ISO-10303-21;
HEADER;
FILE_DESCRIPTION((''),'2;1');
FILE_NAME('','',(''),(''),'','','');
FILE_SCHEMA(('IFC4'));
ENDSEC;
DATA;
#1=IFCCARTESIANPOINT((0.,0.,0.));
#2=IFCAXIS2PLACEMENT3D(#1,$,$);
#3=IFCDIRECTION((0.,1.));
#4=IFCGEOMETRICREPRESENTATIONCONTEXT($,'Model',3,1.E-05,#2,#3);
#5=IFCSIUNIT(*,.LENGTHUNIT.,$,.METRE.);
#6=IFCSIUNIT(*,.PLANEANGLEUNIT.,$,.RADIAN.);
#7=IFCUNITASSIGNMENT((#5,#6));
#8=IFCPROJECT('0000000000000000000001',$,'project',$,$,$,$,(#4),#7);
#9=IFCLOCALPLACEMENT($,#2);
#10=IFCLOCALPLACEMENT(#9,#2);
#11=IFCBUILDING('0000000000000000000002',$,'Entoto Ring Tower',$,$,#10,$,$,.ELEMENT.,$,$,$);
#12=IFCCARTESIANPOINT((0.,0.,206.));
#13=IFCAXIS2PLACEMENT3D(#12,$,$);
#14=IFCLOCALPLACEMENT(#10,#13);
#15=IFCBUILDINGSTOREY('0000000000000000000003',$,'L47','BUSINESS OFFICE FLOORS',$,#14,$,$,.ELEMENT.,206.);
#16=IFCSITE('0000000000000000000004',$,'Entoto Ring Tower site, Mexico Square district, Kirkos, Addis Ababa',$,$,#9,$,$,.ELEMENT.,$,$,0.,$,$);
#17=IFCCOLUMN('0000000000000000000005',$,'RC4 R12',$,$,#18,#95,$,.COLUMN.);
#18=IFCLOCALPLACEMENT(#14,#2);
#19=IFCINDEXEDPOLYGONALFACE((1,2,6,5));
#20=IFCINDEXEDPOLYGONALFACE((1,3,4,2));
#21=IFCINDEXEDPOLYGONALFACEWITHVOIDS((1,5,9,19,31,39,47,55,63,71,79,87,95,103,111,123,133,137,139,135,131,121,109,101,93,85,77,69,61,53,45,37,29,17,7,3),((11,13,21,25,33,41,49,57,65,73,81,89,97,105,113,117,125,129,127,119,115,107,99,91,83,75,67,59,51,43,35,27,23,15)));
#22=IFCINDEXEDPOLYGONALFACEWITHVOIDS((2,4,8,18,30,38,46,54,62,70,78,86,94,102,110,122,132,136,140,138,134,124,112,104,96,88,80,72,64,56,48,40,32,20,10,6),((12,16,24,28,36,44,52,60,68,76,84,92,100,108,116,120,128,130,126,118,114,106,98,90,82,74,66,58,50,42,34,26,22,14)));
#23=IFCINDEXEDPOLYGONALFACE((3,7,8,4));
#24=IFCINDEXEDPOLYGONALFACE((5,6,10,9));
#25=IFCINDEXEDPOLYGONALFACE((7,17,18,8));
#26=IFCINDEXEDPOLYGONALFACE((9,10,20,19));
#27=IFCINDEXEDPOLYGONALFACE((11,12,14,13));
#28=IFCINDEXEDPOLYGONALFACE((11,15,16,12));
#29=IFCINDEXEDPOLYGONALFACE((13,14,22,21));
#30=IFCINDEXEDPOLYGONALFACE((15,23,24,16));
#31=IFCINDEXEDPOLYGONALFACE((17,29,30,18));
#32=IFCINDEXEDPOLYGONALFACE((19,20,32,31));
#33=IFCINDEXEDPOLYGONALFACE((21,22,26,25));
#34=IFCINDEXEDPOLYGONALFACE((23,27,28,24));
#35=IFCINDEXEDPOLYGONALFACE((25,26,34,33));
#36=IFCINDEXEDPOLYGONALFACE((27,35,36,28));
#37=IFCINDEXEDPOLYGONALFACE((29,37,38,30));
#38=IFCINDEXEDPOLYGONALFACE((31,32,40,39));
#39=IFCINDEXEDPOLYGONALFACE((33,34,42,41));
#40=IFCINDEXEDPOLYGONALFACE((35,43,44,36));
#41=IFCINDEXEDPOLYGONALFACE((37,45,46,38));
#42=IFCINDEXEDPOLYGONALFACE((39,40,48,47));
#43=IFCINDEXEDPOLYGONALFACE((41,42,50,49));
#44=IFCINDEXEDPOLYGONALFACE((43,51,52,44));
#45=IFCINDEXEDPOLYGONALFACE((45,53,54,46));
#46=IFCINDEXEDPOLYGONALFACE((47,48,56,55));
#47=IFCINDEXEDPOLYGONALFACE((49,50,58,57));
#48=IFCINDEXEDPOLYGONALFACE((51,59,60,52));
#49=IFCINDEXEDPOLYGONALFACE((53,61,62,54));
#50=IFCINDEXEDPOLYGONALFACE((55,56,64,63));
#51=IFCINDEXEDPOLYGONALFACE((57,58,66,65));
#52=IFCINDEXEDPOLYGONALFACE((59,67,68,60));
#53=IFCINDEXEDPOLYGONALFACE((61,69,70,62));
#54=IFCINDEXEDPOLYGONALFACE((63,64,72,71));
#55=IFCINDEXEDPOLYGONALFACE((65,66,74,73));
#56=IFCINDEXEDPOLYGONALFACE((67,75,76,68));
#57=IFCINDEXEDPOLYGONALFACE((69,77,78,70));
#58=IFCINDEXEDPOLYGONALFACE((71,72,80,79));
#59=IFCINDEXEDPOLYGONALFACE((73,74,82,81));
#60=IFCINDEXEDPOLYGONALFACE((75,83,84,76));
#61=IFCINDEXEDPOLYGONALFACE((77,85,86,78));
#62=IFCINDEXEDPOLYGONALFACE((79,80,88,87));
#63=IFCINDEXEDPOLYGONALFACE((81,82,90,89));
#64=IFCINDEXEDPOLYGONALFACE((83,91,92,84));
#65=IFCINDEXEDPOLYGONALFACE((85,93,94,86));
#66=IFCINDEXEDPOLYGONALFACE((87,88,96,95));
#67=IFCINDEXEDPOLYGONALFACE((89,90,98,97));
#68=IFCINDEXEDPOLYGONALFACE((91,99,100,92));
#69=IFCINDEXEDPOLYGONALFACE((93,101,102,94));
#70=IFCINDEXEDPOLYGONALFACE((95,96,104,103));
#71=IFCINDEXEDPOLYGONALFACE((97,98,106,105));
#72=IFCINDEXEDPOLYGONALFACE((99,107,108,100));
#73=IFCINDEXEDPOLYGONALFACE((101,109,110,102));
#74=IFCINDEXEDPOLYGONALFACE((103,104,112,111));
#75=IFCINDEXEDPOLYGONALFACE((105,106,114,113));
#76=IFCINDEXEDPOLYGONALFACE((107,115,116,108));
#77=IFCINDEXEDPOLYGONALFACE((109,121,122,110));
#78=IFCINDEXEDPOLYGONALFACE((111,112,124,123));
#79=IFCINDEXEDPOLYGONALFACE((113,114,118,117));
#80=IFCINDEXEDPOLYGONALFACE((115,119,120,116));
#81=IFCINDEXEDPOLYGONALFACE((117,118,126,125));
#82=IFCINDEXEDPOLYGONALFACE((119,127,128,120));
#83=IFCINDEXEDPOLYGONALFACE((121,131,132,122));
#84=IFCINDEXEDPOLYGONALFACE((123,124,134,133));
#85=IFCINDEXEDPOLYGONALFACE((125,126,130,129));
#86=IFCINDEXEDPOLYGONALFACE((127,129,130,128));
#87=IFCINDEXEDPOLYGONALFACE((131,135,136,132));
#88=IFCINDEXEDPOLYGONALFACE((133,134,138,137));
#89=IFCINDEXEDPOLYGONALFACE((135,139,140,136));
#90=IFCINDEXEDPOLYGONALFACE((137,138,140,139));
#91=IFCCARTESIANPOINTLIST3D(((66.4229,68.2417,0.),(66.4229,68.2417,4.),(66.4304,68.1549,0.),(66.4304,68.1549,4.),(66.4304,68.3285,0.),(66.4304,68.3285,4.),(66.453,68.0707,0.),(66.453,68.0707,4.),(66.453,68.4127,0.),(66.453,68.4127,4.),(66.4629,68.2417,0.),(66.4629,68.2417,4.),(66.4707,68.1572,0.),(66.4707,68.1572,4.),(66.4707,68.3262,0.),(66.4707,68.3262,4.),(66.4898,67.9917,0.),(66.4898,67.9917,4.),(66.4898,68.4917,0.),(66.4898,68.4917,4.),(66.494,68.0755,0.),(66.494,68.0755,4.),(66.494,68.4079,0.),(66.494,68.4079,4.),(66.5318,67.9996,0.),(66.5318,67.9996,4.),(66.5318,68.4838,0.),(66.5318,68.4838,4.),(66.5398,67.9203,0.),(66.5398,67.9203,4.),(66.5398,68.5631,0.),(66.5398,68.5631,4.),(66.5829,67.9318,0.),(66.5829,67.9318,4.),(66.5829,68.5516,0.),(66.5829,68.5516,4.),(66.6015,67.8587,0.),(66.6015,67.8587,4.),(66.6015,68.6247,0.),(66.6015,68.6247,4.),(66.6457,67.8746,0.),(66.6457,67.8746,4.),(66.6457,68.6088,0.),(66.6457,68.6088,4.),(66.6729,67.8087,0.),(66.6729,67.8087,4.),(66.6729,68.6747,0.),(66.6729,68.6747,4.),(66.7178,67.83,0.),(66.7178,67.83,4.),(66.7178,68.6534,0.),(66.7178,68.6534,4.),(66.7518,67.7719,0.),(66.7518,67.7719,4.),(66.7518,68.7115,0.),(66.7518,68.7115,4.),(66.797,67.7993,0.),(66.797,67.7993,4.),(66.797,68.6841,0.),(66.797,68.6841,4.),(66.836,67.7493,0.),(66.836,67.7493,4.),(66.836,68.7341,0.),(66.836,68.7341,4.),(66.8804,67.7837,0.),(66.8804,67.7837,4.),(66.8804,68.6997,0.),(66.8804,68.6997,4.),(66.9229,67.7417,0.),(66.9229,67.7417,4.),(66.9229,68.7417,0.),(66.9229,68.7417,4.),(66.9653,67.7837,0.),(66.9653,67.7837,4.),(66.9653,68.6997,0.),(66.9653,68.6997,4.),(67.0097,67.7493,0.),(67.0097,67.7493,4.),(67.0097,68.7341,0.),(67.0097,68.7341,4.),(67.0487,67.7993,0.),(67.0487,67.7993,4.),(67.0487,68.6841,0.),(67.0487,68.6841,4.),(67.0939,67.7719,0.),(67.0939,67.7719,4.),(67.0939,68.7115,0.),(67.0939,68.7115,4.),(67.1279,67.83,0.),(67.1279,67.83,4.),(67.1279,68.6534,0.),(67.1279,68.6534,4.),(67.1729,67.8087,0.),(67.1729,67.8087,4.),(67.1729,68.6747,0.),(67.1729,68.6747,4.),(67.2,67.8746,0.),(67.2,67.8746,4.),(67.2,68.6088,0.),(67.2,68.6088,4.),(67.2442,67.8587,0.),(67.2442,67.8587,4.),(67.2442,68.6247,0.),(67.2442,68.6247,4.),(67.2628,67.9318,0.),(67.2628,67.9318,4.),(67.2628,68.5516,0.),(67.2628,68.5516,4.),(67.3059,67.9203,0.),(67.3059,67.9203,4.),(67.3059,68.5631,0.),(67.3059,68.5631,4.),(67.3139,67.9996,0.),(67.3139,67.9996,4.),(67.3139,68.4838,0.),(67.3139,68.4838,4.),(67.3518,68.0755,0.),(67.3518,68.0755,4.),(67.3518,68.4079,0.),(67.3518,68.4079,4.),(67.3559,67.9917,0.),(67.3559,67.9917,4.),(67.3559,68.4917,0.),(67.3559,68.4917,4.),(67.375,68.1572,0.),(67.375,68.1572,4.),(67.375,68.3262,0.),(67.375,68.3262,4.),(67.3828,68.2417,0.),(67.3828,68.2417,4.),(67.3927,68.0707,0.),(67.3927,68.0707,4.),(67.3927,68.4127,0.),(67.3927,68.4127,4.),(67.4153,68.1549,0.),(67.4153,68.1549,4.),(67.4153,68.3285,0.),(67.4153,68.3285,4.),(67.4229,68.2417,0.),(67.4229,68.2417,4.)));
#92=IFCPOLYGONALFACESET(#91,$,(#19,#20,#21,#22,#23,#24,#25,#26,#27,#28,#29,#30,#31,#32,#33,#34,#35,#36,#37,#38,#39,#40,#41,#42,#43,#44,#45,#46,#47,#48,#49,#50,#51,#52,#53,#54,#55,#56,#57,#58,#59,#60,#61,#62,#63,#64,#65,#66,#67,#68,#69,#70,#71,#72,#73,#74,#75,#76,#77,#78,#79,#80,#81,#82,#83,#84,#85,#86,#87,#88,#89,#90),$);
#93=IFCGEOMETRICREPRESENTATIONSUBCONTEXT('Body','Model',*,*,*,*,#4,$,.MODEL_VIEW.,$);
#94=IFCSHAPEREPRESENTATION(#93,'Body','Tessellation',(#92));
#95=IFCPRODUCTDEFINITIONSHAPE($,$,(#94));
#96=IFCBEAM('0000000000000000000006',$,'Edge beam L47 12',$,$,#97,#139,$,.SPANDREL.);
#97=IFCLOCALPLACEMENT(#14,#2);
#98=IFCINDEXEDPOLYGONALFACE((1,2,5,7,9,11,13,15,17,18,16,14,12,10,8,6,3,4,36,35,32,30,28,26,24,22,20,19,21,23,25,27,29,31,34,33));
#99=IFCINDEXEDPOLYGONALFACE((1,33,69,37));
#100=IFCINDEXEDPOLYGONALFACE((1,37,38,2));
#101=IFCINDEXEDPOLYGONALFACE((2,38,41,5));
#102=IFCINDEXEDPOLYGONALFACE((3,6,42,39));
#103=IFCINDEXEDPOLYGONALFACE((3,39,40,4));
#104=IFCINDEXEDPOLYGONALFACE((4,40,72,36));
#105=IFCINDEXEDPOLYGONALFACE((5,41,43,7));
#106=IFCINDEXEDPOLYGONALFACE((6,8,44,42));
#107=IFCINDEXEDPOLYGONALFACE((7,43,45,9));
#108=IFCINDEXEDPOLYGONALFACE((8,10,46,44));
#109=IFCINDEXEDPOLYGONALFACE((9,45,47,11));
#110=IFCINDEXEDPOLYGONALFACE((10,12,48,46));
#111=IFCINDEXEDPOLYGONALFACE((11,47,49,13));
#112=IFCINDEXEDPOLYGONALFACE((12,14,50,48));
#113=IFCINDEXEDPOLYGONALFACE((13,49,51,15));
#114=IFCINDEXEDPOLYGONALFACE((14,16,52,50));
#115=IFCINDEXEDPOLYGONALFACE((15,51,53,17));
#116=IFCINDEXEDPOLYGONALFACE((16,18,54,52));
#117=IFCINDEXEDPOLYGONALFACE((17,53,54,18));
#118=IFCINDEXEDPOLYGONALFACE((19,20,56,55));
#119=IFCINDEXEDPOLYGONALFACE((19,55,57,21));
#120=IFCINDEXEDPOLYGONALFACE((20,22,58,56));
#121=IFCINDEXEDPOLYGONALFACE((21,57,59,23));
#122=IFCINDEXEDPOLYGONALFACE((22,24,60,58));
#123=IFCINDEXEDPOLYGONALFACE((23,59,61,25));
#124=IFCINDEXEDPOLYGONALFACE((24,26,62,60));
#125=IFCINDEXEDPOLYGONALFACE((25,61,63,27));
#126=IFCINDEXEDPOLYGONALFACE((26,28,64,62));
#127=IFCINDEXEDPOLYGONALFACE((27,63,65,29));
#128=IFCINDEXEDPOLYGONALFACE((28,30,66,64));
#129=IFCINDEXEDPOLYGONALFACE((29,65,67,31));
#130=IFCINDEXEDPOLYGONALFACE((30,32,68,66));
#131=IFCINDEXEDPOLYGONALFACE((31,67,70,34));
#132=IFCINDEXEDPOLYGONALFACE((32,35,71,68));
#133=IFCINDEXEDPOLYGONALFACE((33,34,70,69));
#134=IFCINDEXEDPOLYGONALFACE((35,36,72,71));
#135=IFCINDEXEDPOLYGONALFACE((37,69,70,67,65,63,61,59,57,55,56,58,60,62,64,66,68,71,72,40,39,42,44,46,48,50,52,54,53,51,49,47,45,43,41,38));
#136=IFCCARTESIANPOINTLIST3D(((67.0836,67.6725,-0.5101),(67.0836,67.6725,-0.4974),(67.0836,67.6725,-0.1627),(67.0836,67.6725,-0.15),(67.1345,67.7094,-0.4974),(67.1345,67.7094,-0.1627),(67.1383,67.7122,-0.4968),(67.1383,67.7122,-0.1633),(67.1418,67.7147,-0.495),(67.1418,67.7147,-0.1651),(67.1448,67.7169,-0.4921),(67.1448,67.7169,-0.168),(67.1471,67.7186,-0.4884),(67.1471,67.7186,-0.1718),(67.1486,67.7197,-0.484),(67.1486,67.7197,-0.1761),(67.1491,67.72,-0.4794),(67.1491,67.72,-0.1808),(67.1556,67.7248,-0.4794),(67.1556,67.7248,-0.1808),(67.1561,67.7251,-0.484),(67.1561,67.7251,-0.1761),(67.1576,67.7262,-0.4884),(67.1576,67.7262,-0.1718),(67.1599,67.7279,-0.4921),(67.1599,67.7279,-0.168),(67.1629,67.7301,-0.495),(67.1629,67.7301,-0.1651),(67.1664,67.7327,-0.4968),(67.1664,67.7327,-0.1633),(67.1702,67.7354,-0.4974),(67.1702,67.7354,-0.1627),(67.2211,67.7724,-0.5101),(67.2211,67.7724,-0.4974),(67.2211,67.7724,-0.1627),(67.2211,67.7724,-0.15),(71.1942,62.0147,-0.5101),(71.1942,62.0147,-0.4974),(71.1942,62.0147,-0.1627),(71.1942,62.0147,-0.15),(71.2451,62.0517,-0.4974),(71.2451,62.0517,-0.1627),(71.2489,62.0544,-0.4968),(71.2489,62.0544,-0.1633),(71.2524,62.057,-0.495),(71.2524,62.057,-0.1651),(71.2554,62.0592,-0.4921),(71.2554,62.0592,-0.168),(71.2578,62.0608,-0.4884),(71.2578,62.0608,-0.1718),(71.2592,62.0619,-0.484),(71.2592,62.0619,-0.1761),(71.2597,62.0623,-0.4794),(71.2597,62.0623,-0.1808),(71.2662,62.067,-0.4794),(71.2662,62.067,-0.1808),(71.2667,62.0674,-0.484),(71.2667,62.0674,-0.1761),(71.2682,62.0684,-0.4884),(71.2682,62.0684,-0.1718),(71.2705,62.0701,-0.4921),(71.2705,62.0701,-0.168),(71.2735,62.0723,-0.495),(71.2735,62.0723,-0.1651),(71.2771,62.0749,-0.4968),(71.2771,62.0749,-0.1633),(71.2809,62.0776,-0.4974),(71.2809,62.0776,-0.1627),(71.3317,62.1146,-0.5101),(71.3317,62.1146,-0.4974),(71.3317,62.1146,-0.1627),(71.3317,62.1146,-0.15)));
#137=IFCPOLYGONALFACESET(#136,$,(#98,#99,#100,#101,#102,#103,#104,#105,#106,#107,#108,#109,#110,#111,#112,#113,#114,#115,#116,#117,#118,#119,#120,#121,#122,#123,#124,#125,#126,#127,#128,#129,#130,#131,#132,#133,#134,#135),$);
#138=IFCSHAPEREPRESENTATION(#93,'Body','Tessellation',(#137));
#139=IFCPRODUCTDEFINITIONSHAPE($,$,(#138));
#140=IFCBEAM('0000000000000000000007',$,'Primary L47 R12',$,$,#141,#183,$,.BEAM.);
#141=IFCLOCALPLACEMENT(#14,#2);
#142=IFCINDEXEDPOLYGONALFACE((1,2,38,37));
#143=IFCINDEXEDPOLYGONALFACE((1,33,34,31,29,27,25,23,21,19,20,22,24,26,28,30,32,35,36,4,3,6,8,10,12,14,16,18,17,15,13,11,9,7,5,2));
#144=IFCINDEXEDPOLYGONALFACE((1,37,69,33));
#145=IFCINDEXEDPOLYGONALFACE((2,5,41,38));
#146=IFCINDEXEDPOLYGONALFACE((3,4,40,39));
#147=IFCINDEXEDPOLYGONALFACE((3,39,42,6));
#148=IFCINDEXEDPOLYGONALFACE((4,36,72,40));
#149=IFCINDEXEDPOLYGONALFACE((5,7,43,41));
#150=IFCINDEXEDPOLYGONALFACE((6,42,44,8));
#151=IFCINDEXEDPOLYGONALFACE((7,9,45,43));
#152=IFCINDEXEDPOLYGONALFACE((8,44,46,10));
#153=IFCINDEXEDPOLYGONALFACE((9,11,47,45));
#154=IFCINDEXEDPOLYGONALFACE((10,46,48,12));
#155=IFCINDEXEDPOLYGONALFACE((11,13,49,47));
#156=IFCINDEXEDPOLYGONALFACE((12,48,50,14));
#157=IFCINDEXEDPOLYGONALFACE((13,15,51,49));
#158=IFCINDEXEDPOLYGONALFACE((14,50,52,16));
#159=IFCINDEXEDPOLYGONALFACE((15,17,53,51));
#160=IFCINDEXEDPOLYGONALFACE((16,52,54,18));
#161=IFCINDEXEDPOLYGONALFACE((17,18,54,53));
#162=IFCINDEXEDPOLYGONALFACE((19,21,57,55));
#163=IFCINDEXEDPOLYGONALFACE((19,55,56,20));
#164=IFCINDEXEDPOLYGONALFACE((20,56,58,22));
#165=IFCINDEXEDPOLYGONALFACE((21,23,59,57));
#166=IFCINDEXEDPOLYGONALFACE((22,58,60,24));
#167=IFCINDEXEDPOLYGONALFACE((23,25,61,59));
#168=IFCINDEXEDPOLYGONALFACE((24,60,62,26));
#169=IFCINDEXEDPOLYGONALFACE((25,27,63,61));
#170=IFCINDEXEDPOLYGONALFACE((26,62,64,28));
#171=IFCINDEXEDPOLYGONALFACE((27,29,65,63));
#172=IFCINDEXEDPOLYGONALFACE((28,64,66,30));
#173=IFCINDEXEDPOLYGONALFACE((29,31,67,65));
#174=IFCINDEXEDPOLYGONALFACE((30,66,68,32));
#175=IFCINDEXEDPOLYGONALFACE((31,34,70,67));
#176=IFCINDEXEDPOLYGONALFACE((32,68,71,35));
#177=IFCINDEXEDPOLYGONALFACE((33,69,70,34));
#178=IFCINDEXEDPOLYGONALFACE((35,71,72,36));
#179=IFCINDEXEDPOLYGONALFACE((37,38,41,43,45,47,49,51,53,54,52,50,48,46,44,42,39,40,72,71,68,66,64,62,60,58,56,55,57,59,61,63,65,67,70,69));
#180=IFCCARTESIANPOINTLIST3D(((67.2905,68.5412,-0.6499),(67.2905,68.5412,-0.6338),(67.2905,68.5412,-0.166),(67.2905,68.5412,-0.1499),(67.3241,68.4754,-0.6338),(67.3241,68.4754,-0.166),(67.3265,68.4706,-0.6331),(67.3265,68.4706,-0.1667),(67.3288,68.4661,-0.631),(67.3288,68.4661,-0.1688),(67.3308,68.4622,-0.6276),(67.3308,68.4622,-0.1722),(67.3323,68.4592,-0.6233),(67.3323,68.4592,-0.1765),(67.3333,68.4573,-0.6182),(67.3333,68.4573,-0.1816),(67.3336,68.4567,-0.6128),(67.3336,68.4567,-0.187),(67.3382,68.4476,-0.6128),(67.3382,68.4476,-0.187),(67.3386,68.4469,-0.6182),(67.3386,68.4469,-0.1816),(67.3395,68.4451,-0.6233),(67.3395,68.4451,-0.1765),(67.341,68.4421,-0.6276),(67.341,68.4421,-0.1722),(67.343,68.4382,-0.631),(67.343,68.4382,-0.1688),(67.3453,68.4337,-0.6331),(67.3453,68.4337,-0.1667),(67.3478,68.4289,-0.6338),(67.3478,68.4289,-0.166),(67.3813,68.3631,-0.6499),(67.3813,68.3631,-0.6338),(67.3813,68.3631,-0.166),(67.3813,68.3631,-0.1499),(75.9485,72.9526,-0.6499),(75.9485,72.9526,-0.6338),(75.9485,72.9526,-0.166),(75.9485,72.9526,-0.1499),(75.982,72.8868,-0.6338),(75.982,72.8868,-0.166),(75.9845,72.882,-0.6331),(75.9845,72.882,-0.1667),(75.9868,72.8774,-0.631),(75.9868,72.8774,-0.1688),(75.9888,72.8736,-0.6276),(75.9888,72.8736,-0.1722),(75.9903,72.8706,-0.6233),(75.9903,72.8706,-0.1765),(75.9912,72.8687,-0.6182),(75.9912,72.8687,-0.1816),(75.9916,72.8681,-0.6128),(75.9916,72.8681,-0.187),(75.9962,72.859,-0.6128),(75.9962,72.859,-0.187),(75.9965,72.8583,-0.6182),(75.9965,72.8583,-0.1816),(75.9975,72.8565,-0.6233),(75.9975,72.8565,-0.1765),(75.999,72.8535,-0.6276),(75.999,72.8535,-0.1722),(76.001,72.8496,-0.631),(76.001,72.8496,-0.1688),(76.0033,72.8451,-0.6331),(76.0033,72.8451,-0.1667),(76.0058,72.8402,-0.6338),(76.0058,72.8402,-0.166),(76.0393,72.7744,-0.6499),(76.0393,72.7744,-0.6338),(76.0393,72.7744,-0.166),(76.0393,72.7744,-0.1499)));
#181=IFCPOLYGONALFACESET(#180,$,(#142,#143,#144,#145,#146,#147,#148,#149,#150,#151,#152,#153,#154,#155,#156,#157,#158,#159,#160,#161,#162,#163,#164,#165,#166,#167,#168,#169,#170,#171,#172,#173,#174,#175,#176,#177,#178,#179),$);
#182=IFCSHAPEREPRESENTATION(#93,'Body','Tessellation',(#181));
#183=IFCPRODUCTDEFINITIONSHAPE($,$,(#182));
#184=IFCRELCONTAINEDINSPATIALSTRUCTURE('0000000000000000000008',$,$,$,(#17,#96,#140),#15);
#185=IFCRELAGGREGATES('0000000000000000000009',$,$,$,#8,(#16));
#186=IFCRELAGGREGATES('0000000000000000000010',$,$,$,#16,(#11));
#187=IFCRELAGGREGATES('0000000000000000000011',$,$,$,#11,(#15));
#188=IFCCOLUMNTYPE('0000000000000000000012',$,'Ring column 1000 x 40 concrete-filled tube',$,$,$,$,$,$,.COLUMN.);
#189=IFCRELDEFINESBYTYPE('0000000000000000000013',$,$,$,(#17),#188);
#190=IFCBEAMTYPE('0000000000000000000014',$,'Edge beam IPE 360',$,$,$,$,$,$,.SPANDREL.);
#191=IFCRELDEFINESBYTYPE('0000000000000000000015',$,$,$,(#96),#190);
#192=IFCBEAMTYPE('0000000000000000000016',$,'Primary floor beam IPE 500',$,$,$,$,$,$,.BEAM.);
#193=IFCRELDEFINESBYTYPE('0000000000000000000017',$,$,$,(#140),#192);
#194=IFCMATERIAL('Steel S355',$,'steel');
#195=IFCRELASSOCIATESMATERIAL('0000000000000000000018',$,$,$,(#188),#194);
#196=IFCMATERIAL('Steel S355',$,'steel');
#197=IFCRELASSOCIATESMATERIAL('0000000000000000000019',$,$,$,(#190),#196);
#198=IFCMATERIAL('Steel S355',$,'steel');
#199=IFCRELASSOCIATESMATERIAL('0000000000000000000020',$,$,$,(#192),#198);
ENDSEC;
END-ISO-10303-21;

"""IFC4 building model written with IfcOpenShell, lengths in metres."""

from ifc_helpers import new_model, si_unit, direction, frame, origin, origin_2d, place, context, subcontext, project, spatial, circle, hollow_circle, i_section, extrude, material, material_profile, profile_set, type_object, element, save


model = new_model("IFC4")

# Units and contexts
model_context = context("Model", 3, precision=1e-05, world=origin(), true_north=direction((0.0, 1.0)))
body_context = subcontext(model_context, "Body", "Model", "MODEL_VIEW")
ifc_project = project(units=[si_unit("LENGTHUNIT", "METRE"), si_unit("PLANEANGLEUNIT", "RADIAN")], contexts=[model_context])

# Site, building, storey
site_placement = place(None, origin())
site = spatial("IfcSite", under=ifc_project, at=site_placement, Name="Entoto Ring Tower site, Mexico Square district, Kirkos, Addis Ababa", CompositionType="ELEMENT", RefElevation=0.0)
building_placement = place(site_placement, origin())
building = spatial("IfcBuilding", under=site, at=building_placement, Name="Entoto Ring Tower", CompositionType="ELEMENT")
storey_placement = place(building_placement, frame((0.0, 0.0, 206.0)))
storey = spatial("IfcBuildingStorey", under=building, at=storey_placement, Name="L47", Description="BUSINESS OFFICE FLOORS", CompositionType="ELEMENT", Elevation=206.0)

# Column
ifc_material_1 = material(Name="Steel S355", Category="steel")
ifc_material_profile_1 = material_profile(ifc_material_1, hollow_circle(Radius=0.5, WallThickness=0.04, at=origin_2d()), Name="CHS 1000 x 40")
ifc_material_2 = material(Name="Concrete C60/75", Category="concrete")
ifc_material_profile_2 = material_profile(ifc_material_2, circle(Radius=0.46, at=origin_2d()), Name="Concrete C60/75 infill")
ifc_profile_set_1 = profile_set([ifc_material_profile_1, ifc_material_profile_2], Name="Steel S355")
column_type = type_object("IfcColumnType", Name="Ring column 1000 x 40 concrete-filled tube", PredefinedType="COLUMN", material=ifc_profile_set_1)
column_placement = place(storey_placement, frame((66.9229, 68.2417, 0.0), z_axis=(0.0, 0.0, 1.0), x_axis=(1.0, 0.0, 0.0)))
element("IfcColumn", 1, at=column_placement, inside=storey, type_object=column_type, Name="RC4 R12", PredefinedType="COLUMN", context=body_context, shape_type="SweptSolid", body=[
    extrude(hollow_circle(Radius=0.5, WallThickness=0.04, at=origin_2d()), origin(), (0.0, 0.0, 1.0), 4.0),
])

# Beams
ifc_material_3 = material(Name="Steel S355", Category="steel")
ifc_material_profile_3 = material_profile(ifc_material_3, i_section(OverallWidth=0.1699, OverallDepth=0.3601, WebThickness=0.0081, FlangeThickness=0.0127, FilletRadius=0.0181, at=origin_2d()), Name="IPE 360")
ifc_profile_set_2 = profile_set([ifc_material_profile_3], Name="Steel S355")
beam_type_1 = type_object("IfcBeamType", Name="Edge beam IPE 360", PredefinedType="SPANDREL", material=ifc_profile_set_2)
beam_1_placement = place(storey_placement, frame((67.1523, 67.7224, -0.3301), z_axis=(0.587788, -0.809015, 0.0), x_axis=(0.809015, 0.587788, 0.0)))
element("IfcBeam", 2, at=beam_1_placement, inside=storey, type_object=beam_type_1, Name="Edge beam L47 12", PredefinedType="SPANDREL", context=body_context, shape_type="SweptSolid", body=[
    extrude(i_section(OverallWidth=0.1699, OverallDepth=0.3601, WebThickness=0.0081, FlangeThickness=0.0127, FilletRadius=0.0181, at=origin_2d()), origin(), (0.0, 0.0, 1.0), 6.9934),
])
ifc_material_4 = material(Name="Steel S355", Category="steel")
ifc_material_profile_4 = material_profile(ifc_material_4, i_section(OverallWidth=0.2, OverallDepth=0.5, WebThickness=0.0103, FlangeThickness=0.0161, FilletRadius=0.021, at=origin_2d()), Name="IPE 500")
ifc_profile_set_3 = profile_set([ifc_material_profile_4], Name="Steel S355")
beam_type_2 = type_object("IfcBeamType", Name="Primary floor beam IPE 500", PredefinedType="BEAM", material=ifc_profile_set_3)
beam_2_placement = place(storey_placement, frame((75.9939, 72.8635, -0.3999), z_axis=(-0.89101, -0.453984, 0.0), x_axis=(0.453984, -0.89101, 0.0)))
element("IfcBeam", 3, at=beam_2_placement, inside=storey, type_object=beam_type_2, Name="Primary L47 R12", PredefinedType="BEAM", context=body_context, shape_type="SweptSolid", body=[
    extrude(i_section(OverallWidth=0.2, OverallDepth=0.5, WebThickness=0.0103, FlangeThickness=0.0161, FilletRadius=0.021, at=origin_2d()), origin(), (0.0, 0.0, 1.0), 9.717),
])

save(model, "model.ifc")
